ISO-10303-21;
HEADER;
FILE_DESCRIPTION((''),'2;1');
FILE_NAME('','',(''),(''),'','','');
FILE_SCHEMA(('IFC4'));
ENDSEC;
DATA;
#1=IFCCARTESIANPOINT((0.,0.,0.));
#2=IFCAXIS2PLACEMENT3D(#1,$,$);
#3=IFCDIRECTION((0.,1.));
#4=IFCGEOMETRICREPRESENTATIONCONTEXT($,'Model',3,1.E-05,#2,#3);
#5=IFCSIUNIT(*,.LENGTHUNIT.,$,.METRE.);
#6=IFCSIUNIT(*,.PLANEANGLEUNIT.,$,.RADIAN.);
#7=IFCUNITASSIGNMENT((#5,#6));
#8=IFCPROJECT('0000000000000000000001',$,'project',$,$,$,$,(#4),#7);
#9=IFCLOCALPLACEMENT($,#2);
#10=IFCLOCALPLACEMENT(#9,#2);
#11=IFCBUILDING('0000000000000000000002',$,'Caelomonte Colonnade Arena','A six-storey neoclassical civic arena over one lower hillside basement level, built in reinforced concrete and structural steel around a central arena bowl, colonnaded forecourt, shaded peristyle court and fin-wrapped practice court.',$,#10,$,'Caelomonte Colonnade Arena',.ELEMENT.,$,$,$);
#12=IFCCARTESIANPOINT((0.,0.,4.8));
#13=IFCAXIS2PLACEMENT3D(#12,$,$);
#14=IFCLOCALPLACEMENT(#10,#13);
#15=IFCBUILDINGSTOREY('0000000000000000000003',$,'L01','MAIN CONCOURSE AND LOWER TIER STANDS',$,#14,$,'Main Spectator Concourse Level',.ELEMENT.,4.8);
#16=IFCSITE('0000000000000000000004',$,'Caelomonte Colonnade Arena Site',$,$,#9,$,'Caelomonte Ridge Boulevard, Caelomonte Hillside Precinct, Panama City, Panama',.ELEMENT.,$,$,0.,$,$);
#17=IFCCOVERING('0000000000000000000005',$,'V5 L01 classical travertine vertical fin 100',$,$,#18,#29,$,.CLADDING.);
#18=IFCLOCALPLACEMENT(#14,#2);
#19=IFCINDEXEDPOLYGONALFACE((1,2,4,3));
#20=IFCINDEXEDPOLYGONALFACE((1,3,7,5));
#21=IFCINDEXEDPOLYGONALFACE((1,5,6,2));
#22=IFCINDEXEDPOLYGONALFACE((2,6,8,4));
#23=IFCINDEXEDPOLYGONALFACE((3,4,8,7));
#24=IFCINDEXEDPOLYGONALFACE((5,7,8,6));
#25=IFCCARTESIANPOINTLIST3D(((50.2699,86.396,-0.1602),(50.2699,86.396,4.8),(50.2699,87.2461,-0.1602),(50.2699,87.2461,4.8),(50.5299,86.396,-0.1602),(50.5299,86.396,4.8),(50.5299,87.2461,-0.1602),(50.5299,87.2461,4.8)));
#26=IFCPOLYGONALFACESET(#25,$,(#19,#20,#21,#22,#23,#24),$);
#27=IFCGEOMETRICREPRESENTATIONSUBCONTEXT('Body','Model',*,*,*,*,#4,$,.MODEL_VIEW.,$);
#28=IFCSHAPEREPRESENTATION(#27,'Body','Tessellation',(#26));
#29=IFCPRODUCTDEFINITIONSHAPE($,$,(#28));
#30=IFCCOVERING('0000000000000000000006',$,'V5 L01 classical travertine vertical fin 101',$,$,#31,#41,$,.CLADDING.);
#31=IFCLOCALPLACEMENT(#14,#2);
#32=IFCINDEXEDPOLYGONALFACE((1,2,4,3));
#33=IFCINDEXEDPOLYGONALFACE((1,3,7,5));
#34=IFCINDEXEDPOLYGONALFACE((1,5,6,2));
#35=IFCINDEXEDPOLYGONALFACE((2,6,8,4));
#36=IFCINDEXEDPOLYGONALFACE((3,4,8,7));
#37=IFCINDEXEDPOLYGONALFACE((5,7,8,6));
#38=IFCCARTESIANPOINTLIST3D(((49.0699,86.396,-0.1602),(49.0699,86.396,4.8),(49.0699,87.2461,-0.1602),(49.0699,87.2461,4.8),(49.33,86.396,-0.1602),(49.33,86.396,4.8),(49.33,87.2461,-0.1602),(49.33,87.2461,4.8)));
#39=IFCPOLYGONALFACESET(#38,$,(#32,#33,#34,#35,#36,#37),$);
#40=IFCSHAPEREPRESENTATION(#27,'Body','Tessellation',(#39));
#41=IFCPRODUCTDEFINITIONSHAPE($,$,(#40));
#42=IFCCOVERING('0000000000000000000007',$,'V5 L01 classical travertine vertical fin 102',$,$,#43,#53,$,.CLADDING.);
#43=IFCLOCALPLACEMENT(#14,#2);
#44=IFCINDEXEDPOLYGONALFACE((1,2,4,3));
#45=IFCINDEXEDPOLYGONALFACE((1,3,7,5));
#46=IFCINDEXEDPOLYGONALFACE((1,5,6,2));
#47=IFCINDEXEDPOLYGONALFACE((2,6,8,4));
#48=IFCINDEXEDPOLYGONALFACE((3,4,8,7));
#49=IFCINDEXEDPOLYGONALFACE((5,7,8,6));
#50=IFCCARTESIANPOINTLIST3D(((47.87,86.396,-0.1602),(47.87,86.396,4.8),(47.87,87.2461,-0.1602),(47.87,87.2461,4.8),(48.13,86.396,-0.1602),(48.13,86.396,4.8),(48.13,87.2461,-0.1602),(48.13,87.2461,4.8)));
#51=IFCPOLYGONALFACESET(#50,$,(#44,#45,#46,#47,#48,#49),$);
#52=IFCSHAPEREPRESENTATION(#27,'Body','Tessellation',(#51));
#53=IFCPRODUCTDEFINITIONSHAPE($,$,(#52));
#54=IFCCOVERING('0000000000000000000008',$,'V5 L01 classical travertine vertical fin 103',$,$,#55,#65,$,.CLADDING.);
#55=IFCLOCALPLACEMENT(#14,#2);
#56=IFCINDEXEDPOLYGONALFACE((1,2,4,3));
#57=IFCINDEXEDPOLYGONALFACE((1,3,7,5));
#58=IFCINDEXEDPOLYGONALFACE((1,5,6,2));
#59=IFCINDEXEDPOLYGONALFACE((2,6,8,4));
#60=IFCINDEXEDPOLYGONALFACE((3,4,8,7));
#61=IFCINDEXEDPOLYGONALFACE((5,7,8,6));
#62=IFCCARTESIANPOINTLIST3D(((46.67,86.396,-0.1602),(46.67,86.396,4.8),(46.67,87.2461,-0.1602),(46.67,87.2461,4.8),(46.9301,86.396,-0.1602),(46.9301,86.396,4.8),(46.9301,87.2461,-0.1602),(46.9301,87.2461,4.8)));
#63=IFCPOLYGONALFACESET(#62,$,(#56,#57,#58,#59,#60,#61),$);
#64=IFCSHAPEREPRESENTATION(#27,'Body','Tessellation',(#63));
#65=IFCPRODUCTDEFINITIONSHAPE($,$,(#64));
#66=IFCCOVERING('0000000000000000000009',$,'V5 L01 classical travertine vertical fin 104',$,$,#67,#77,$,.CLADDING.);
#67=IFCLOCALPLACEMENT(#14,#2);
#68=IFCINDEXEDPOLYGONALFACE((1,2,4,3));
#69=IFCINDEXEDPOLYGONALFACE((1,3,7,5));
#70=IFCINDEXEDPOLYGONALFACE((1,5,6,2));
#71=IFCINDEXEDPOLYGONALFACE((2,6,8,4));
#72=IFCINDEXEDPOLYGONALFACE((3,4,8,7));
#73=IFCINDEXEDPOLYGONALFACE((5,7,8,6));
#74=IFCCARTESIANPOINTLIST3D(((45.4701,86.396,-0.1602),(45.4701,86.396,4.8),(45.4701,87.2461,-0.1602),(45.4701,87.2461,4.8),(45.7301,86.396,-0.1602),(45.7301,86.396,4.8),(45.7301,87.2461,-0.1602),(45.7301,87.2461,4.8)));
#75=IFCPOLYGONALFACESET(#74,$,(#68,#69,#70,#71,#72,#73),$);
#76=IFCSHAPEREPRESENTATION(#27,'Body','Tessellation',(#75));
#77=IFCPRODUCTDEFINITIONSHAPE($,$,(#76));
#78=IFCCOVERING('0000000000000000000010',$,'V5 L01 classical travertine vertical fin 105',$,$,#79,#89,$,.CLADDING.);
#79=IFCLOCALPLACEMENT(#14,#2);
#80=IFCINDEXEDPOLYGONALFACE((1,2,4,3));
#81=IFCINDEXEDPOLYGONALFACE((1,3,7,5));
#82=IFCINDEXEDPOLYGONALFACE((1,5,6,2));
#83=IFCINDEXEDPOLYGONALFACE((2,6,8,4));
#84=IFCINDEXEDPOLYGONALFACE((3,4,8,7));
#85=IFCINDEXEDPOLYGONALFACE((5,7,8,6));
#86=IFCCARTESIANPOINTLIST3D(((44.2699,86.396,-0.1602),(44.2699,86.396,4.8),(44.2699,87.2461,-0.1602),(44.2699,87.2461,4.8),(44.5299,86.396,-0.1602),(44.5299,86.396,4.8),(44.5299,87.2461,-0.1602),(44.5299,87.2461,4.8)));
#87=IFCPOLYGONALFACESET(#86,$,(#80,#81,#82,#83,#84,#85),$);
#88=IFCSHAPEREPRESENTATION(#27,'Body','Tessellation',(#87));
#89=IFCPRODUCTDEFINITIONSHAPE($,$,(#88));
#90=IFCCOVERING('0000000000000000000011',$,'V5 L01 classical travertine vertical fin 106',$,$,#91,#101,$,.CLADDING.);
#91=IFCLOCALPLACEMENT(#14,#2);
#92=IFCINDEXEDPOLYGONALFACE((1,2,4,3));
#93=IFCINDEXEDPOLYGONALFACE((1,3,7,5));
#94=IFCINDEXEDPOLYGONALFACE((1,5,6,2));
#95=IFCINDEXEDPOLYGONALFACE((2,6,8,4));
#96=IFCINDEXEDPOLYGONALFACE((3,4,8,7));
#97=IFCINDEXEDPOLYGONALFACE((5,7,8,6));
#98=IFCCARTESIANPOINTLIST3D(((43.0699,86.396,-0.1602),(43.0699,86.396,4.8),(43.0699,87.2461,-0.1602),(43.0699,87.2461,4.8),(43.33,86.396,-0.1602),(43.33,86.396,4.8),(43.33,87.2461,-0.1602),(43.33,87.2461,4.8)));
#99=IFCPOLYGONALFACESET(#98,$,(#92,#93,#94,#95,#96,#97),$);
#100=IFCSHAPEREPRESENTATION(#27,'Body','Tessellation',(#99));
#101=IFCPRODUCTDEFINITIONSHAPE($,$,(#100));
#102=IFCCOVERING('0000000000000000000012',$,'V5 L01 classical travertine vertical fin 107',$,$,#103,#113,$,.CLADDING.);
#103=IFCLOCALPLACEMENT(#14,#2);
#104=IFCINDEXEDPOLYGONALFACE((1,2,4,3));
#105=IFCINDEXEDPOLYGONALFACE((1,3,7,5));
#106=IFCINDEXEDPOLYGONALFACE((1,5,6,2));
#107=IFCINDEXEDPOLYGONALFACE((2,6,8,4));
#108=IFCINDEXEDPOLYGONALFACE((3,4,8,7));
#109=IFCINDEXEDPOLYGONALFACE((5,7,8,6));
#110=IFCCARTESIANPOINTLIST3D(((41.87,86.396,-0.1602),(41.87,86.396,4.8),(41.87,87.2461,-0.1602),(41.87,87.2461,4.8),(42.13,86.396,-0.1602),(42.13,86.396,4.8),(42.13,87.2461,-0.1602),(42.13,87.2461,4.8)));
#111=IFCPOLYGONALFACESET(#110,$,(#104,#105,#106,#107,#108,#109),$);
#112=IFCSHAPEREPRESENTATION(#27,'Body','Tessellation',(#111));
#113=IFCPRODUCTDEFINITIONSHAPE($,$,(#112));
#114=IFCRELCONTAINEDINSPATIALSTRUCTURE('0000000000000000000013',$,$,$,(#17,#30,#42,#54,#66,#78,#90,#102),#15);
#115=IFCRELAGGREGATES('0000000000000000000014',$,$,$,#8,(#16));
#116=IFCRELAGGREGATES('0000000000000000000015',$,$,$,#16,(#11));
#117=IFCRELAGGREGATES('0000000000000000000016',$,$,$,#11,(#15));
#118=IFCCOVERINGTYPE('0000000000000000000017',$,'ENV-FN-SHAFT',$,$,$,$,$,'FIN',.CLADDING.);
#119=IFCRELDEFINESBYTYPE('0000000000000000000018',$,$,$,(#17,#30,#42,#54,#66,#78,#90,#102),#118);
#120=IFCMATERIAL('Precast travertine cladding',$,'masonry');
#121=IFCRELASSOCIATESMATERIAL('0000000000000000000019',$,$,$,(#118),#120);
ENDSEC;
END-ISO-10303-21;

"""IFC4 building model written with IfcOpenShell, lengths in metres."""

from ifc_helpers import new_model, si_unit, direction, frame, origin, origin_2d, place, context, subcontext, project, spatial, rectangle, extrude, material, material_profile, profile_set, type_object, element, save


model = new_model("IFC4")

# Units and contexts
model_context = context("Model", 3, precision=1e-05, world=origin(), true_north=direction((0.0, 1.0)))
body_context = subcontext(model_context, "Body", "Model", "MODEL_VIEW")
ifc_project = project(units=[si_unit("LENGTHUNIT", "METRE"), si_unit("PLANEANGLEUNIT", "RADIAN")], contexts=[model_context])

# Site, building, storey
site_placement = place(None, origin())
site = spatial("IfcSite", under=ifc_project, at=site_placement, Name="Caelomonte Colonnade Arena Site", LongName="Caelomonte Ridge Boulevard, Caelomonte Hillside Precinct, Panama City, Panama", CompositionType="ELEMENT", RefElevation=0.0)
building_placement = place(site_placement, origin())
building = spatial("IfcBuilding", under=site, at=building_placement, Name="Caelomonte Colonnade Arena", Description="A six-storey neoclassical civic arena over one lower hillside basement level, built in reinforced concrete and structural steel around a central arena bowl, colonnaded forecourt, shaded peristyle court and fin-wrapped practice court.", LongName="Caelomonte Colonnade Arena", CompositionType="ELEMENT")
storey_placement = place(building_placement, frame((0.0, 0.0, 4.8)))
storey = spatial("IfcBuildingStorey", under=building, at=storey_placement, Name="L01", Description="MAIN CONCOURSE AND LOWER TIER STANDS", LongName="Main Spectator Concourse Level", CompositionType="ELEMENT", Elevation=4.8)

# Coverings
ifc_material_1 = material(Name="Precast travertine cladding", Category="masonry")
ifc_material_profile_1 = material_profile(ifc_material_1, rectangle(XDim=0.26, YDim=0.8501, at=origin_2d()), Name="FIN260X850")
ifc_profile_set_1 = profile_set([ifc_material_profile_1], Name="Precast travertine cladding")
covering_type = type_object("IfcCoveringType", Name="ENV-FN-SHAFT", ElementType="FIN", PredefinedType="CLADDING", material=ifc_profile_set_1)
for number, where, z_axis, x_axis, name in (
    (1, (50.3999, 86.821, -0.1602), (0.0, 0.0, 1.0), (1.0, 0.0, 0.0), "V5 L01 classical travertine vertical fin 100"),
    (2, (49.2, 86.821, -0.1602), (0.0, 0.0, 1.0), (1.0, 0.0, 0.0), "V5 L01 classical travertine vertical fin 101"),
    (3, (48.0, 86.821, -0.1602), (0.0, 0.0, 1.0), (1.0, 0.0, 0.0), "V5 L01 classical travertine vertical fin 102"),
    (4, (46.8, 86.821, -0.1602), (0.0, 0.0, 1.0), (1.0, 0.0, 0.0), "V5 L01 classical travertine vertical fin 103"),
    (5, (45.6001, 86.821, -0.1602), (0.0, 0.0, 1.0), (1.0, 0.0, 0.0), "V5 L01 classical travertine vertical fin 104"),
    (6, (44.3999, 86.821, -0.1602), (0.0, 0.0, 1.0), (1.0, 0.0, 0.0), "V5 L01 classical travertine vertical fin 105"),
    (7, (43.2, 86.821, -0.1602), (0.0, 0.0, 1.0), (1.0, 0.0, 0.0), "V5 L01 classical travertine vertical fin 106"),
    (8, (42.0, 86.821, -0.1602), (0.0, 0.0, 1.0), (1.0, 0.0, 0.0), "V5 L01 classical travertine vertical fin 107"),
):
    element("IfcCovering", number, at=place(storey_placement, frame(where, z_axis=z_axis, x_axis=x_axis)), inside=storey, type_object=covering_type, Name=name, PredefinedType="CLADDING", context=body_context, shape_type="SweptSolid", body=[
        extrude(rectangle(XDim=0.26, YDim=0.8501, at=origin_2d()), origin(), (0.0, 0.0, 1.0), 4.9602),
    ])

save(model, "model.ifc")
